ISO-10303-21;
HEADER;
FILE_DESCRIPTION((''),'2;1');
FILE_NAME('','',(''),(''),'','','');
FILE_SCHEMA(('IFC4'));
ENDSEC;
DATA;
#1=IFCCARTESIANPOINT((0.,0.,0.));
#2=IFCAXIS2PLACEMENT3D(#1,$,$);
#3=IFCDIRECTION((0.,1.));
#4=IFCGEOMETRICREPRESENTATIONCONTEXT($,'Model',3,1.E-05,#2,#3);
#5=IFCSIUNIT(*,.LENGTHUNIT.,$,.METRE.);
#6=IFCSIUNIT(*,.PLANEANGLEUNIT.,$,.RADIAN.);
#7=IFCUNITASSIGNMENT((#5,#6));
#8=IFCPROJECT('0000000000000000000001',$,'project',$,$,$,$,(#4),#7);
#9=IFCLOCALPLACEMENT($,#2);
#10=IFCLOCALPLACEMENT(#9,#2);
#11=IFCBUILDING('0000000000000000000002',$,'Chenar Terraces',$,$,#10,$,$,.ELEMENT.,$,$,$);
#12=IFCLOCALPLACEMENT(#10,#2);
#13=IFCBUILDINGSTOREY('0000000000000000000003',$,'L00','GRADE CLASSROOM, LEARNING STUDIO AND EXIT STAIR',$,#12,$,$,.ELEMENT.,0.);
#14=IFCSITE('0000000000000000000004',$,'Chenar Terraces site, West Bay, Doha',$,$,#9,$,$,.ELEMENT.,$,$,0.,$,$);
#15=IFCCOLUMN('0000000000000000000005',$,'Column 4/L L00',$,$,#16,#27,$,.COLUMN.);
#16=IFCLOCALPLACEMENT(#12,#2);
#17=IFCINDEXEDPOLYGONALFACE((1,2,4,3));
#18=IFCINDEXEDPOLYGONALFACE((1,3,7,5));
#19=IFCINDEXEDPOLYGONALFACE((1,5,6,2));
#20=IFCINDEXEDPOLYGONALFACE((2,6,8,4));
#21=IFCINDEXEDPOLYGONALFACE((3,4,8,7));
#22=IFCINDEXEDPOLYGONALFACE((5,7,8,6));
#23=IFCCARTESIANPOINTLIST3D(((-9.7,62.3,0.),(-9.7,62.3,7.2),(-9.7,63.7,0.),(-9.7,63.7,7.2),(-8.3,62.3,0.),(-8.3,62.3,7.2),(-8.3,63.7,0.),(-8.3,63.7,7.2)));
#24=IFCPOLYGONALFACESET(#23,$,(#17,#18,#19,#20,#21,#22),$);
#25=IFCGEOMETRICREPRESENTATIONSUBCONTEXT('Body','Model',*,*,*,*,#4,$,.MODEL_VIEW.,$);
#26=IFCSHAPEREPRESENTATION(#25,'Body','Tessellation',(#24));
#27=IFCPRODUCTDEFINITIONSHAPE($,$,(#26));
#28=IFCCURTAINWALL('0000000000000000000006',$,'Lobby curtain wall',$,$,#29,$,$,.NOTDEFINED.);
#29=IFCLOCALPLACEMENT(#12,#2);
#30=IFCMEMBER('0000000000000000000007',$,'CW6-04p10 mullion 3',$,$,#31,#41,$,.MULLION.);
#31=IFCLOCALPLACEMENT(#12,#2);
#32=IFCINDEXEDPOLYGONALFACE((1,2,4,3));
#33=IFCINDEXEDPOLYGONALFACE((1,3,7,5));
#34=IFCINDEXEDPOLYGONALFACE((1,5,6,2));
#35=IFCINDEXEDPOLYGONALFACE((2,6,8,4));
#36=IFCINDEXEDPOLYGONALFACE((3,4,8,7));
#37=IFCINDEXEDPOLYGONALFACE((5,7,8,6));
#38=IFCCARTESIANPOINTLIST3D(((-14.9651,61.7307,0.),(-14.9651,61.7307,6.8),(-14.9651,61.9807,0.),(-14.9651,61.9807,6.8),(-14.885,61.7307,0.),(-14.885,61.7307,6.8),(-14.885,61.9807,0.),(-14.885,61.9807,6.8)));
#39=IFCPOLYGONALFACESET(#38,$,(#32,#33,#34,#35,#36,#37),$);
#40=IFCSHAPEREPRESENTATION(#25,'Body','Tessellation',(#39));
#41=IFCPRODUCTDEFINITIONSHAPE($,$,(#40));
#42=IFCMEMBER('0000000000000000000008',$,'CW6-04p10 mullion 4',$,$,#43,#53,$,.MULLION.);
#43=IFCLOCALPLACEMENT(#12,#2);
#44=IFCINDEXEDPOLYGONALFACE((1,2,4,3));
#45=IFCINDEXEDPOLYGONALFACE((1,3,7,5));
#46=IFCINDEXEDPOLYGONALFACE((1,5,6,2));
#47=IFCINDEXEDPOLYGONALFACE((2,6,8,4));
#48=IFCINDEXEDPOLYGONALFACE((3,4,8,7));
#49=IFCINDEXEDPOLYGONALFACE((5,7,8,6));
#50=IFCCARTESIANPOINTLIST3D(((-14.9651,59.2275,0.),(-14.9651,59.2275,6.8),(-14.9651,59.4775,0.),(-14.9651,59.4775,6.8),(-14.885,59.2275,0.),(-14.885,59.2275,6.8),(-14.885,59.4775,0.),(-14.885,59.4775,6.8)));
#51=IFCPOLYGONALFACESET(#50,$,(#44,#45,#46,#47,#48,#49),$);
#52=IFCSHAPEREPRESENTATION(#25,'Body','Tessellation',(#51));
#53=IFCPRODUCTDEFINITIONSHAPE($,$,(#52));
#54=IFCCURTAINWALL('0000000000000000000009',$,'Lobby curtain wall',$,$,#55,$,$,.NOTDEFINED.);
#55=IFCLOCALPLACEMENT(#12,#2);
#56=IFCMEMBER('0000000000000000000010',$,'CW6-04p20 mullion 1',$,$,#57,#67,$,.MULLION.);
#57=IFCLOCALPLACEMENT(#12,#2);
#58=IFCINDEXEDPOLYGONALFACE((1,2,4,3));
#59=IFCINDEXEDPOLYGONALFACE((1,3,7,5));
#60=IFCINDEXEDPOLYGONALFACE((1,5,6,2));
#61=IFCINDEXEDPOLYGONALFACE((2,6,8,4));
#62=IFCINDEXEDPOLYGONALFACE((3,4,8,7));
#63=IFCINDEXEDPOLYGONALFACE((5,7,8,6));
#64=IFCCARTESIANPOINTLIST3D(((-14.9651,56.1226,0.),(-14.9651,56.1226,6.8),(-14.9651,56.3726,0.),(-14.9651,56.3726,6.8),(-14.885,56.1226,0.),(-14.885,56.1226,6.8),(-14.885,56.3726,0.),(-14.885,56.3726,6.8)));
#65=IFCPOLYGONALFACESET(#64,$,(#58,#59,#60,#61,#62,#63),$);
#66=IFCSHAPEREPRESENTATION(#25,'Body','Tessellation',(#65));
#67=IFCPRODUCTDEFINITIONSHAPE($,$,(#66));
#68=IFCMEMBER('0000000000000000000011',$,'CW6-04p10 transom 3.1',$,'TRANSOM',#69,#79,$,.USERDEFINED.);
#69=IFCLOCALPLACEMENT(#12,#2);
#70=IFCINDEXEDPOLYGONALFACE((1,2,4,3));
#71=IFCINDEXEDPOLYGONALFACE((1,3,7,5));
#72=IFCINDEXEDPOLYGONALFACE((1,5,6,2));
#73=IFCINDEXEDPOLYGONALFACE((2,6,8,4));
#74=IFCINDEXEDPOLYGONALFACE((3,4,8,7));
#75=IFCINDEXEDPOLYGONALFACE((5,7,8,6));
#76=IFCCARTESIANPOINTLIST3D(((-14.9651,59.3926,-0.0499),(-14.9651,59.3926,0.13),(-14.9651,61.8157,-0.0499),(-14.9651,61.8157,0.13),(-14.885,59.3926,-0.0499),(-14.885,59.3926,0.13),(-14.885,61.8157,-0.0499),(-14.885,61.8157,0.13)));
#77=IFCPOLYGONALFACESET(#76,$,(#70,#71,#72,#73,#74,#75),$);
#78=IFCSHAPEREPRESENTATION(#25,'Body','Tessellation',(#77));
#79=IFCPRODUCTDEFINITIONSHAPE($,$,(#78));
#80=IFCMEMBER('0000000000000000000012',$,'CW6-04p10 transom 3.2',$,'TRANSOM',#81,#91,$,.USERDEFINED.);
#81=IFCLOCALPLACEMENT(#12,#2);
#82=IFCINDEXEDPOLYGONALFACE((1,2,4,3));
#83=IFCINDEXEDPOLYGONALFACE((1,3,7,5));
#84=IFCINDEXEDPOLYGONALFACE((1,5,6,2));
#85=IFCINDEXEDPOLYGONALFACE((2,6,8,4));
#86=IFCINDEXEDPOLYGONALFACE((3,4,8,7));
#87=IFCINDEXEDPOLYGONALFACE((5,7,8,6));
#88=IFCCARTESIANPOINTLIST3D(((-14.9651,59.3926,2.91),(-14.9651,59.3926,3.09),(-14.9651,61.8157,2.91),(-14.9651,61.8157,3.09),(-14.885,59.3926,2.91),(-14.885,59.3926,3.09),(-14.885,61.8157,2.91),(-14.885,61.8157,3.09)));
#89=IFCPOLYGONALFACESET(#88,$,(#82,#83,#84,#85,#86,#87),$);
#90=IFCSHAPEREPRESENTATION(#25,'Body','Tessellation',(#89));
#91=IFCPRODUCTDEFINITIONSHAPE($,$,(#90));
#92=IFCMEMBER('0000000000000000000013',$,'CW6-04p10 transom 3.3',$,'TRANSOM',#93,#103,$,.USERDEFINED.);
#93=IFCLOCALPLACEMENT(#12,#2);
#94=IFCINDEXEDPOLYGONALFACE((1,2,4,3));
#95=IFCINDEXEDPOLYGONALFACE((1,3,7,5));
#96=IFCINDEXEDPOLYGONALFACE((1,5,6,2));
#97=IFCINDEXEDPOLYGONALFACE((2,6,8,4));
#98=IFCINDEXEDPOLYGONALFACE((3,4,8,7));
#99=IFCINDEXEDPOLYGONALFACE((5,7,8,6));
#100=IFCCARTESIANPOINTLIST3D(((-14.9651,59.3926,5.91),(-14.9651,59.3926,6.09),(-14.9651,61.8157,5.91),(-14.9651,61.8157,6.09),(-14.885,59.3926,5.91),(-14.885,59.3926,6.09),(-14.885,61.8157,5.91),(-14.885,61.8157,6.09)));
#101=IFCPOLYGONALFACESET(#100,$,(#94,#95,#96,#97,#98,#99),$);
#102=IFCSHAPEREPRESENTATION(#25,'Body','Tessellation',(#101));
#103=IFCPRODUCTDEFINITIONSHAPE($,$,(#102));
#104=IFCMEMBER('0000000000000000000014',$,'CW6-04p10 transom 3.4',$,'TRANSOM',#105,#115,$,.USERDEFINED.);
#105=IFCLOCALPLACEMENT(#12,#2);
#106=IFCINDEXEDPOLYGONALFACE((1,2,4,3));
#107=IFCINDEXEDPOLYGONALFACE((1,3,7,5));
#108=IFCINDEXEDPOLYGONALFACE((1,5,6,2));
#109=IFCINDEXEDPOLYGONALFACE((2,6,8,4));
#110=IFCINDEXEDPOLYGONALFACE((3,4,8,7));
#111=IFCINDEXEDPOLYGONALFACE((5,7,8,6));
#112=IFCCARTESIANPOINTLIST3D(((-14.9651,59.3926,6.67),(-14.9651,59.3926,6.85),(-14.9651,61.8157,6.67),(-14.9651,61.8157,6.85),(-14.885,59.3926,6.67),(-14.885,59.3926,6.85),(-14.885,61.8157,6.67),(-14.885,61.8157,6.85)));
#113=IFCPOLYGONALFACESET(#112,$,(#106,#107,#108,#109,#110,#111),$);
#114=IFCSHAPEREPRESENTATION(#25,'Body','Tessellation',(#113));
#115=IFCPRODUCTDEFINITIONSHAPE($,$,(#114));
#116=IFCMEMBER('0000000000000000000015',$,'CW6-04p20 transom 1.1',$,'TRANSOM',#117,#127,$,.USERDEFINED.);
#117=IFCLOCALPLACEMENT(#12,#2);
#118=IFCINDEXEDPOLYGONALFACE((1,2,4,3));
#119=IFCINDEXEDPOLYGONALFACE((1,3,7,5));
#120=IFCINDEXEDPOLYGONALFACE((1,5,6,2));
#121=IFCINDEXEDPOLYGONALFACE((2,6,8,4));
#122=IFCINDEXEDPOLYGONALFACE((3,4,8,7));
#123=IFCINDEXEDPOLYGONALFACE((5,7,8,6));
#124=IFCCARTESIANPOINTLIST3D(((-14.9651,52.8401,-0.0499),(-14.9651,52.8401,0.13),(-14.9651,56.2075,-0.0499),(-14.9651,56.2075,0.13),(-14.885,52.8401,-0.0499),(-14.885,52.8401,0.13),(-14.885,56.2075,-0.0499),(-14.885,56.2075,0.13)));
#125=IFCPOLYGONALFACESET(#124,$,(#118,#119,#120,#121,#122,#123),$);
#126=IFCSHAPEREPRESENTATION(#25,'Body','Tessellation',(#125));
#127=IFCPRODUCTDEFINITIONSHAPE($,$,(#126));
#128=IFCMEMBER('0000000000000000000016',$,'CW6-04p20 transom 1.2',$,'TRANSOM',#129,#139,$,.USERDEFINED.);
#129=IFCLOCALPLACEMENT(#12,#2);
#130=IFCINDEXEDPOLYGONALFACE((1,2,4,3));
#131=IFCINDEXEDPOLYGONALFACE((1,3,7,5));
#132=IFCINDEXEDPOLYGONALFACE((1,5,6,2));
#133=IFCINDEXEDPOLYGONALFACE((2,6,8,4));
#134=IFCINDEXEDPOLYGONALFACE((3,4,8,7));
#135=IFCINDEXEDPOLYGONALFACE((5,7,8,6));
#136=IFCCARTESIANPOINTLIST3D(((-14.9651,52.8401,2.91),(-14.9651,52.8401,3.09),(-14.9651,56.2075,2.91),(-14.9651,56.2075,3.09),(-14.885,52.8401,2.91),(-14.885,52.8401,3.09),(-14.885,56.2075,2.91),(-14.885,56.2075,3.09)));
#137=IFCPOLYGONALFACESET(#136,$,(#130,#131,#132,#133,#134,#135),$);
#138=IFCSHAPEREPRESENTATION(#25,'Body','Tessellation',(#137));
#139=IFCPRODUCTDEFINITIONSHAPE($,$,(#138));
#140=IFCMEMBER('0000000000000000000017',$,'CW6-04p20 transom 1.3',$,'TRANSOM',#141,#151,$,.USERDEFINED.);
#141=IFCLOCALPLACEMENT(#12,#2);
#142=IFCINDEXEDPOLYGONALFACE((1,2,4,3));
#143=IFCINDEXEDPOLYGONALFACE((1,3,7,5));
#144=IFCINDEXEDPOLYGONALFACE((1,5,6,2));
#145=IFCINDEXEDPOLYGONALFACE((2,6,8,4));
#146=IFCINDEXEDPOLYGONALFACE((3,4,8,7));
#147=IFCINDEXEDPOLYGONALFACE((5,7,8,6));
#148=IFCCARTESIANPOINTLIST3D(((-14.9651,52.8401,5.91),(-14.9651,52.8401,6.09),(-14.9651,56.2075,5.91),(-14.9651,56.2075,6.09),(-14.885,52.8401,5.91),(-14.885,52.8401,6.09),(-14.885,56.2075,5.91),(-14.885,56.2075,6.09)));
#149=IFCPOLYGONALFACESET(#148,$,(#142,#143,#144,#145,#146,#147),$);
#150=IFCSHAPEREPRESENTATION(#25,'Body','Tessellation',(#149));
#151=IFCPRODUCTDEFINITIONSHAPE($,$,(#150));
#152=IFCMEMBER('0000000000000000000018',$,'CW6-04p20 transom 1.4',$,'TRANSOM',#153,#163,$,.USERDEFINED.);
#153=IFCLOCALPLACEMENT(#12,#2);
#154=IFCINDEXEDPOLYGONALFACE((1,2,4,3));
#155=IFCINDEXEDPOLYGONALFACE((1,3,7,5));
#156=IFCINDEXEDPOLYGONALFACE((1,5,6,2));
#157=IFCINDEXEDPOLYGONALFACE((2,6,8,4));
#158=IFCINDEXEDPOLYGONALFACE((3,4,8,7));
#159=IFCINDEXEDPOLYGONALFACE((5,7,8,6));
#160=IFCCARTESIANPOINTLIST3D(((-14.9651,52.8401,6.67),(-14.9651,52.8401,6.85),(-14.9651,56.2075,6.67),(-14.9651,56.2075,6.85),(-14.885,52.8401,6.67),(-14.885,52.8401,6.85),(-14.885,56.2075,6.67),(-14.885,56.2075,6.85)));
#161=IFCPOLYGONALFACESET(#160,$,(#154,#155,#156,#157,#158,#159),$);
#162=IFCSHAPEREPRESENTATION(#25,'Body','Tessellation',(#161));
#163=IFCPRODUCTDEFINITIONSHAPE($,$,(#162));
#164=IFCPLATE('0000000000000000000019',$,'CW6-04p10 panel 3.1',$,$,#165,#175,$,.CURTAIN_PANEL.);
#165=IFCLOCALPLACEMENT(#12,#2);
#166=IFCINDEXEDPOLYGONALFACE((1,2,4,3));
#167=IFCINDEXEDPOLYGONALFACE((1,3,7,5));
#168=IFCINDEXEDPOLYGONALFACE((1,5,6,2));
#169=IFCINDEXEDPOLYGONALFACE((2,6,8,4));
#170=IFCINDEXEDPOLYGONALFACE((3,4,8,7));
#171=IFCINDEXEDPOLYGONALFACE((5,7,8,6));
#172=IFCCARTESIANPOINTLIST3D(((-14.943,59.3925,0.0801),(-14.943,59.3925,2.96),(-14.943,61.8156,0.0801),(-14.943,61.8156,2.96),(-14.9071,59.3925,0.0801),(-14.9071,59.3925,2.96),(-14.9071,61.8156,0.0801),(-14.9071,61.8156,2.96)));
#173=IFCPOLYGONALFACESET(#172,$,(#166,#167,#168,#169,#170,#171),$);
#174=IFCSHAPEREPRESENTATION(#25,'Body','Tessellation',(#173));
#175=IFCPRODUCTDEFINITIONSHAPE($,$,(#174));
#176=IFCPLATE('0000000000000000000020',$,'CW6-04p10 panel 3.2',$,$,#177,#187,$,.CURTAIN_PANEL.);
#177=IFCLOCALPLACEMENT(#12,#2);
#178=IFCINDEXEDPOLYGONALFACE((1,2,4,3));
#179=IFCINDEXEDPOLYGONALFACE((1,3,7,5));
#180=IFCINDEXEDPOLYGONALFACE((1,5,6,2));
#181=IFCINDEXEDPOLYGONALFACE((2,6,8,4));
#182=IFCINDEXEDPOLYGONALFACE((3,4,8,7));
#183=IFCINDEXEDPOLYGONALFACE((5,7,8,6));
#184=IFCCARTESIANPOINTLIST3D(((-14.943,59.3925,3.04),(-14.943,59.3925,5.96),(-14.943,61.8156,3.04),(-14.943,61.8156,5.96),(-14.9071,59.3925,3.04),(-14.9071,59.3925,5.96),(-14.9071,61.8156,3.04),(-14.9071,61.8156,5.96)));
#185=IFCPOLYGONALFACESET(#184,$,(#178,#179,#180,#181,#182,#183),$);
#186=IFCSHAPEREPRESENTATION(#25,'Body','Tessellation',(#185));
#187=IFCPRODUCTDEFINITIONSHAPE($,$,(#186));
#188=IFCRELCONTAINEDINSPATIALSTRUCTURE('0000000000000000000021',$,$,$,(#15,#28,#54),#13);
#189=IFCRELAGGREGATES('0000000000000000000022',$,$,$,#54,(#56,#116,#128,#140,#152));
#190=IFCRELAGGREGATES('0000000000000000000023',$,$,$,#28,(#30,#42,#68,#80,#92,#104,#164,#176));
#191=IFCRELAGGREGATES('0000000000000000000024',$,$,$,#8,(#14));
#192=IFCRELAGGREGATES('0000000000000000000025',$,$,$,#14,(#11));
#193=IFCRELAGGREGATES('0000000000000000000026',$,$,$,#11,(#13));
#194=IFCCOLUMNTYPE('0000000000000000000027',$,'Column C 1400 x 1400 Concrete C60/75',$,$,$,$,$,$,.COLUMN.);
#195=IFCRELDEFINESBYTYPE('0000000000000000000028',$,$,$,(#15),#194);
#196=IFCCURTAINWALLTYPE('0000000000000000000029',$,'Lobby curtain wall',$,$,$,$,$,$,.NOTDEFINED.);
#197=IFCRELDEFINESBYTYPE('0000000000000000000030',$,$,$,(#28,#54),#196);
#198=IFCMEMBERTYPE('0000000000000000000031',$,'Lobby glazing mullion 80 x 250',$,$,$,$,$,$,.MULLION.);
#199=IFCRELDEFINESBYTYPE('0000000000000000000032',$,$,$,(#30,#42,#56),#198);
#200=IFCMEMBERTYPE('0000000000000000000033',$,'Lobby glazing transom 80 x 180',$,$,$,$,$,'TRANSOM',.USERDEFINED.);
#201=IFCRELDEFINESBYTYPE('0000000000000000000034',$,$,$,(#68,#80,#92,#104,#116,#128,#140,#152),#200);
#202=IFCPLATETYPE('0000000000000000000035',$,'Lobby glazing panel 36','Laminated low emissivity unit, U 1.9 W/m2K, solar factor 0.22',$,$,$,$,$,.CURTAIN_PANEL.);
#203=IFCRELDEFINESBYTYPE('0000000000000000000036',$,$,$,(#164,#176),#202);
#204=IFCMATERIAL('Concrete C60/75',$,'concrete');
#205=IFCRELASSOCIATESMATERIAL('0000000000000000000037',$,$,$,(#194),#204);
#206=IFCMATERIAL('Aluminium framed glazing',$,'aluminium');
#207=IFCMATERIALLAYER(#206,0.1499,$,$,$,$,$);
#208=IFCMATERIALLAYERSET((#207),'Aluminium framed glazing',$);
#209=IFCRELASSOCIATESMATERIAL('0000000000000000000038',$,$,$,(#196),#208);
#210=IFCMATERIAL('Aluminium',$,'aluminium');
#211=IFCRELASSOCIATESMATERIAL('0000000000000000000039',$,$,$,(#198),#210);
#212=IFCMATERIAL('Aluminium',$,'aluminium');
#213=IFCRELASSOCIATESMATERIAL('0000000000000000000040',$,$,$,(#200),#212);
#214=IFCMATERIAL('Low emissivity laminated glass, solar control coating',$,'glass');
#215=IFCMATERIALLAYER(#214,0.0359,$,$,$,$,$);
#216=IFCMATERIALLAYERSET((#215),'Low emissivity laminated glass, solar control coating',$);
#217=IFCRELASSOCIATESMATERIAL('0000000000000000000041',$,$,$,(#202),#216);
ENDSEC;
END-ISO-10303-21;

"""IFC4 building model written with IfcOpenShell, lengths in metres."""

from ifc_helpers import new_model, si_unit, direction, frame, origin, origin_2d, place, context, subcontext, project, spatial, rectangle, extrude, material, layer, layer_set, material_profile, profile_set, type_object, element, aggregate, save


model = new_model("IFC4")

# Units and contexts
model_context = context("Model", 3, precision=1e-05, world=origin(), true_north=direction((0.0, 1.0)))
body_context = subcontext(model_context, "Body", "Model", "MODEL_VIEW")
ifc_project = project(units=[si_unit("LENGTHUNIT", "METRE"), si_unit("PLANEANGLEUNIT", "RADIAN")], contexts=[model_context])

# Site, building, storey
site_placement = place(None, origin())
site = spatial("IfcSite", under=ifc_project, at=site_placement, Name="Chenar Terraces site, West Bay, Doha", CompositionType="ELEMENT", RefElevation=0.0)
building_placement = place(site_placement, origin())
building = spatial("IfcBuilding", under=site, at=building_placement, Name="Chenar Terraces", CompositionType="ELEMENT")
storey_placement = place(building_placement, origin())
storey = spatial("IfcBuildingStorey", under=building, at=storey_placement, Name="L00", Description="GRADE CLASSROOM, LEARNING STUDIO AND EXIT STAIR", CompositionType="ELEMENT", Elevation=0.0)

# Column
ifc_material_1 = material(Name="Concrete C60/75", Category="concrete")
ifc_material_profile_1 = material_profile(ifc_material_1, rectangle(XDim=1.3999, YDim=1.3999, at=origin_2d()), Name="C 1400 x 1400")
ifc_profile_set_1 = profile_set([ifc_material_profile_1], Name="Concrete C60/75")
column_type = type_object("IfcColumnType", Name="Column C 1400 x 1400 Concrete C60/75", PredefinedType="COLUMN", material=ifc_profile_set_1)
column_placement = place(storey_placement, frame((-9.0, 63.0, 0.0), z_axis=(0.0, 0.0, 1.0), x_axis=(1.0, 0.0, 0.0)))
element("IfcColumn", 1, at=column_placement, inside=storey, type_object=column_type, Name="Column 4/L L00", PredefinedType="COLUMN", context=body_context, shape_type="SweptSolid", body=[
    extrude(rectangle(XDim=1.3999, YDim=1.3999, at=origin_2d()), origin(), (0.0, 0.0, 1.0), 7.2),
])

# Curtain wall, members
ifc_material_2 = material(Name="Aluminium framed glazing", Category="aluminium")
ifc_layer_1 = layer(ifc_material_2, 0.1499)
ifc_layer_set_1 = layer_set([ifc_layer_1], Name="Aluminium framed glazing")
curtain_wall_type = type_object("IfcCurtainWallType", Name="Lobby curtain wall", PredefinedType="NOTDEFINED", material=ifc_layer_set_1)
placement = place(storey_placement, origin())
curtain_wall_1 = element("IfcCurtainWall", 2, at=placement, inside=storey, type_object=curtain_wall_type, Name="Lobby curtain wall", PredefinedType="NOTDEFINED")
ifc_material_3 = material(Name="Aluminium", Category="aluminium")
ifc_material_profile_2 = material_profile(ifc_material_3, rectangle(XDim=0.0801, YDim=0.25, at=origin_2d()), Name="Lobby glazing mullion 80 x 250")
ifc_profile_set_2 = profile_set([ifc_material_profile_2], Name="Aluminium")
member_type_1 = type_object("IfcMemberType", Name="Lobby glazing mullion 80 x 250", PredefinedType="MULLION", material=ifc_profile_set_2)
member_1_placement = place(storey_placement, frame((-14.925, 61.8557, 0.0), z_axis=(0.0, 0.0, 1.0), x_axis=(1.0, 0.0, 0.0)))
member_1 = element("IfcMember", 3, at=member_1_placement, type_object=member_type_1, Name="CW6-04p10 mullion 3", PredefinedType="MULLION", context=body_context, shape_type="SweptSolid", body=[
    extrude(rectangle(XDim=0.0801, YDim=0.25, at=origin_2d()), origin(), (0.0, 0.0, 1.0), 6.8),
])
member_2_placement = place(storey_placement, frame((-14.925, 59.3525, 0.0), z_axis=(0.0, 0.0, 1.0), x_axis=(1.0, 0.0, 0.0)))
member_2 = element("IfcMember", 4, at=member_2_placement, type_object=member_type_1, Name="CW6-04p10 mullion 4", PredefinedType="MULLION", context=body_context, shape_type="SweptSolid", body=[
    extrude(rectangle(XDim=0.0801, YDim=0.25, at=origin_2d()), origin(), (0.0, 0.0, 1.0), 6.8),
])

# Curtain wall, member
curtain_wall_2 = element("IfcCurtainWall", 5, at=placement, inside=storey, type_object=curtain_wall_type, Name="Lobby curtain wall", PredefinedType="NOTDEFINED")
member_3_placement = place(storey_placement, frame((-14.925, 56.2476, 0.0), z_axis=(0.0, 0.0, 1.0), x_axis=(1.0, 0.0, 0.0)))
member_3 = element("IfcMember", 6, at=member_3_placement, type_object=member_type_1, Name="CW6-04p20 mullion 1", PredefinedType="MULLION", context=body_context, shape_type="SweptSolid", body=[
    extrude(rectangle(XDim=0.0801, YDim=0.25, at=origin_2d()), origin(), (0.0, 0.0, 1.0), 6.8),
])

# Members
ifc_material_4 = material(Name="Aluminium", Category="aluminium")
ifc_material_profile_3 = material_profile(ifc_material_4, rectangle(XDim=0.0801, YDim=0.1799, at=origin_2d()), Name="Lobby glazing transom 80 x 180")
ifc_profile_set_3 = profile_set([ifc_material_profile_3], Name="Aluminium")
member_type_2 = type_object("IfcMemberType", Name="Lobby glazing transom 80 x 180", ElementType="TRANSOM", PredefinedType="USERDEFINED", material=ifc_profile_set_3)
member_4_placement = place(storey_placement, frame((-14.925, 61.8157, 0.04), z_axis=(0.0, -1.0, 0.0), x_axis=(1.0, 0.0, 0.0)))
member_4 = element("IfcMember", 7, at=member_4_placement, type_object=member_type_2, Name="CW6-04p10 transom 3.1", ObjectType="TRANSOM", PredefinedType="USERDEFINED", context=body_context, shape_type="SweptSolid", body=[
    extrude(rectangle(XDim=0.0801, YDim=0.1799, at=origin_2d()), origin(), (0.0, 0.0, 1.0), 2.4231),
])
member_5_placement = place(storey_placement, frame((-14.925, 61.8157, 3.0), z_axis=(0.0, -1.0, 0.0), x_axis=(1.0, 0.0, 0.0)))
member_5 = element("IfcMember", 8, at=member_5_placement, type_object=member_type_2, Name="CW6-04p10 transom 3.2", ObjectType="TRANSOM", PredefinedType="USERDEFINED", context=body_context, shape_type="SweptSolid", body=[
    extrude(rectangle(XDim=0.0801, YDim=0.1799, at=origin_2d()), origin(), (0.0, 0.0, 1.0), 2.4231),
])
member_6_placement = place(storey_placement, frame((-14.925, 61.8157, 6.0), z_axis=(0.0, -1.0, 0.0), x_axis=(1.0, 0.0, 0.0)))
member_6 = element("IfcMember", 9, at=member_6_placement, type_object=member_type_2, Name="CW6-04p10 transom 3.3", ObjectType="TRANSOM", PredefinedType="USERDEFINED", context=body_context, shape_type="SweptSolid", body=[
    extrude(rectangle(XDim=0.0801, YDim=0.1799, at=origin_2d()), origin(), (0.0, 0.0, 1.0), 2.4231),
])
member_7_placement = place(storey_placement, frame((-14.925, 61.8157, 6.76), z_axis=(0.0, -1.0, 0.0), x_axis=(1.0, 0.0, 0.0)))
member_7 = element("IfcMember", 10, at=member_7_placement, type_object=member_type_2, Name="CW6-04p10 transom 3.4", ObjectType="TRANSOM", PredefinedType="USERDEFINED", context=body_context, shape_type="SweptSolid", body=[
    extrude(rectangle(XDim=0.0801, YDim=0.1799, at=origin_2d()), origin(), (0.0, 0.0, 1.0), 2.4231),
])
member_8_placement = place(storey_placement, frame((-14.925, 56.2075, 0.04), z_axis=(0.0, -1.0, 0.0), x_axis=(1.0, 0.0, 0.0)))
member_8 = element("IfcMember", 11, at=member_8_placement, type_object=member_type_2, Name="CW6-04p20 transom 1.1", ObjectType="TRANSOM", PredefinedType="USERDEFINED", context=body_context, shape_type="SweptSolid", body=[
    extrude(rectangle(XDim=0.0801, YDim=0.1799, at=origin_2d()), origin(), (0.0, 0.0, 1.0), 3.3674),
])
member_9_placement = place(storey_placement, frame((-14.925, 56.2075, 3.0), z_axis=(0.0, -1.0, 0.0), x_axis=(1.0, 0.0, 0.0)))
member_9 = element("IfcMember", 12, at=member_9_placement, type_object=member_type_2, Name="CW6-04p20 transom 1.2", ObjectType="TRANSOM", PredefinedType="USERDEFINED", context=body_context, shape_type="SweptSolid", body=[
    extrude(rectangle(XDim=0.0801, YDim=0.1799, at=origin_2d()), origin(), (0.0, 0.0, 1.0), 3.3674),
])
member_10_placement = place(storey_placement, frame((-14.925, 56.2075, 6.0), z_axis=(0.0, -1.0, 0.0), x_axis=(1.0, 0.0, 0.0)))
member_10 = element("IfcMember", 13, at=member_10_placement, type_object=member_type_2, Name="CW6-04p20 transom 1.3", ObjectType="TRANSOM", PredefinedType="USERDEFINED", context=body_context, shape_type="SweptSolid", body=[
    extrude(rectangle(XDim=0.0801, YDim=0.1799, at=origin_2d()), origin(), (0.0, 0.0, 1.0), 3.3674),
])
member_11_placement = place(storey_placement, frame((-14.925, 56.2075, 6.76), z_axis=(0.0, -1.0, 0.0), x_axis=(1.0, 0.0, 0.0)))
member_11 = element("IfcMember", 14, at=member_11_placement, type_object=member_type_2, Name="CW6-04p20 transom 1.4", ObjectType="TRANSOM", PredefinedType="USERDEFINED", context=body_context, shape_type="SweptSolid", body=[
    extrude(rectangle(XDim=0.0801, YDim=0.1799, at=origin_2d()), origin(), (0.0, 0.0, 1.0), 3.3674),
])
aggregate(curtain_wall_2, [member_3, member_8, member_9, member_10, member_11])

# Plates
ifc_material_5 = material(Name="Low emissivity laminated glass, solar control coating", Category="glass")
ifc_layer_2 = layer(ifc_material_5, 0.0359)
ifc_layer_set_2 = layer_set([ifc_layer_2], Name="Low emissivity laminated glass, solar control coating")
plate_type = type_object("IfcPlateType", Name="Lobby glazing panel 36", Description="Laminated low emissivity unit, U 1.9 W/m2K, solar factor 0.22", PredefinedType="CURTAIN_PANEL", material=ifc_layer_set_2)
plate_1_placement = place(storey_placement, frame((-14.925, 60.604, 0.0801), z_axis=(0.0, 0.0, 1.0), x_axis=(0.0, -1.0, 0.0)))
plate_1 = element("IfcPlate", 15, at=plate_1_placement, type_object=plate_type, Name="CW6-04p10 panel 3.1", PredefinedType="CURTAIN_PANEL", context=body_context, shape_type="SweptSolid", body=[
    extrude(rectangle(XDim=2.4231, YDim=0.0359, at=origin_2d()), origin(), (0.0, 0.0, 1.0), 2.8799),
])
plate_2_placement = place(storey_placement, frame((-14.925, 60.604, 3.04), z_axis=(0.0, 0.0, 1.0), x_axis=(0.0, -1.0, 0.0)))
plate_2 = element("IfcPlate", 16, at=plate_2_placement, type_object=plate_type, Name="CW6-04p10 panel 3.2", PredefinedType="CURTAIN_PANEL", context=body_context, shape_type="SweptSolid", body=[
    extrude(rectangle(XDim=2.4231, YDim=0.0359, at=origin_2d()), origin(), (0.0, 0.0, 1.0), 2.9199),
])
aggregate(curtain_wall_1, [member_1, member_2, member_4, member_5, member_6, member_7, plate_1, plate_2])

save(model, "model.ifc")
